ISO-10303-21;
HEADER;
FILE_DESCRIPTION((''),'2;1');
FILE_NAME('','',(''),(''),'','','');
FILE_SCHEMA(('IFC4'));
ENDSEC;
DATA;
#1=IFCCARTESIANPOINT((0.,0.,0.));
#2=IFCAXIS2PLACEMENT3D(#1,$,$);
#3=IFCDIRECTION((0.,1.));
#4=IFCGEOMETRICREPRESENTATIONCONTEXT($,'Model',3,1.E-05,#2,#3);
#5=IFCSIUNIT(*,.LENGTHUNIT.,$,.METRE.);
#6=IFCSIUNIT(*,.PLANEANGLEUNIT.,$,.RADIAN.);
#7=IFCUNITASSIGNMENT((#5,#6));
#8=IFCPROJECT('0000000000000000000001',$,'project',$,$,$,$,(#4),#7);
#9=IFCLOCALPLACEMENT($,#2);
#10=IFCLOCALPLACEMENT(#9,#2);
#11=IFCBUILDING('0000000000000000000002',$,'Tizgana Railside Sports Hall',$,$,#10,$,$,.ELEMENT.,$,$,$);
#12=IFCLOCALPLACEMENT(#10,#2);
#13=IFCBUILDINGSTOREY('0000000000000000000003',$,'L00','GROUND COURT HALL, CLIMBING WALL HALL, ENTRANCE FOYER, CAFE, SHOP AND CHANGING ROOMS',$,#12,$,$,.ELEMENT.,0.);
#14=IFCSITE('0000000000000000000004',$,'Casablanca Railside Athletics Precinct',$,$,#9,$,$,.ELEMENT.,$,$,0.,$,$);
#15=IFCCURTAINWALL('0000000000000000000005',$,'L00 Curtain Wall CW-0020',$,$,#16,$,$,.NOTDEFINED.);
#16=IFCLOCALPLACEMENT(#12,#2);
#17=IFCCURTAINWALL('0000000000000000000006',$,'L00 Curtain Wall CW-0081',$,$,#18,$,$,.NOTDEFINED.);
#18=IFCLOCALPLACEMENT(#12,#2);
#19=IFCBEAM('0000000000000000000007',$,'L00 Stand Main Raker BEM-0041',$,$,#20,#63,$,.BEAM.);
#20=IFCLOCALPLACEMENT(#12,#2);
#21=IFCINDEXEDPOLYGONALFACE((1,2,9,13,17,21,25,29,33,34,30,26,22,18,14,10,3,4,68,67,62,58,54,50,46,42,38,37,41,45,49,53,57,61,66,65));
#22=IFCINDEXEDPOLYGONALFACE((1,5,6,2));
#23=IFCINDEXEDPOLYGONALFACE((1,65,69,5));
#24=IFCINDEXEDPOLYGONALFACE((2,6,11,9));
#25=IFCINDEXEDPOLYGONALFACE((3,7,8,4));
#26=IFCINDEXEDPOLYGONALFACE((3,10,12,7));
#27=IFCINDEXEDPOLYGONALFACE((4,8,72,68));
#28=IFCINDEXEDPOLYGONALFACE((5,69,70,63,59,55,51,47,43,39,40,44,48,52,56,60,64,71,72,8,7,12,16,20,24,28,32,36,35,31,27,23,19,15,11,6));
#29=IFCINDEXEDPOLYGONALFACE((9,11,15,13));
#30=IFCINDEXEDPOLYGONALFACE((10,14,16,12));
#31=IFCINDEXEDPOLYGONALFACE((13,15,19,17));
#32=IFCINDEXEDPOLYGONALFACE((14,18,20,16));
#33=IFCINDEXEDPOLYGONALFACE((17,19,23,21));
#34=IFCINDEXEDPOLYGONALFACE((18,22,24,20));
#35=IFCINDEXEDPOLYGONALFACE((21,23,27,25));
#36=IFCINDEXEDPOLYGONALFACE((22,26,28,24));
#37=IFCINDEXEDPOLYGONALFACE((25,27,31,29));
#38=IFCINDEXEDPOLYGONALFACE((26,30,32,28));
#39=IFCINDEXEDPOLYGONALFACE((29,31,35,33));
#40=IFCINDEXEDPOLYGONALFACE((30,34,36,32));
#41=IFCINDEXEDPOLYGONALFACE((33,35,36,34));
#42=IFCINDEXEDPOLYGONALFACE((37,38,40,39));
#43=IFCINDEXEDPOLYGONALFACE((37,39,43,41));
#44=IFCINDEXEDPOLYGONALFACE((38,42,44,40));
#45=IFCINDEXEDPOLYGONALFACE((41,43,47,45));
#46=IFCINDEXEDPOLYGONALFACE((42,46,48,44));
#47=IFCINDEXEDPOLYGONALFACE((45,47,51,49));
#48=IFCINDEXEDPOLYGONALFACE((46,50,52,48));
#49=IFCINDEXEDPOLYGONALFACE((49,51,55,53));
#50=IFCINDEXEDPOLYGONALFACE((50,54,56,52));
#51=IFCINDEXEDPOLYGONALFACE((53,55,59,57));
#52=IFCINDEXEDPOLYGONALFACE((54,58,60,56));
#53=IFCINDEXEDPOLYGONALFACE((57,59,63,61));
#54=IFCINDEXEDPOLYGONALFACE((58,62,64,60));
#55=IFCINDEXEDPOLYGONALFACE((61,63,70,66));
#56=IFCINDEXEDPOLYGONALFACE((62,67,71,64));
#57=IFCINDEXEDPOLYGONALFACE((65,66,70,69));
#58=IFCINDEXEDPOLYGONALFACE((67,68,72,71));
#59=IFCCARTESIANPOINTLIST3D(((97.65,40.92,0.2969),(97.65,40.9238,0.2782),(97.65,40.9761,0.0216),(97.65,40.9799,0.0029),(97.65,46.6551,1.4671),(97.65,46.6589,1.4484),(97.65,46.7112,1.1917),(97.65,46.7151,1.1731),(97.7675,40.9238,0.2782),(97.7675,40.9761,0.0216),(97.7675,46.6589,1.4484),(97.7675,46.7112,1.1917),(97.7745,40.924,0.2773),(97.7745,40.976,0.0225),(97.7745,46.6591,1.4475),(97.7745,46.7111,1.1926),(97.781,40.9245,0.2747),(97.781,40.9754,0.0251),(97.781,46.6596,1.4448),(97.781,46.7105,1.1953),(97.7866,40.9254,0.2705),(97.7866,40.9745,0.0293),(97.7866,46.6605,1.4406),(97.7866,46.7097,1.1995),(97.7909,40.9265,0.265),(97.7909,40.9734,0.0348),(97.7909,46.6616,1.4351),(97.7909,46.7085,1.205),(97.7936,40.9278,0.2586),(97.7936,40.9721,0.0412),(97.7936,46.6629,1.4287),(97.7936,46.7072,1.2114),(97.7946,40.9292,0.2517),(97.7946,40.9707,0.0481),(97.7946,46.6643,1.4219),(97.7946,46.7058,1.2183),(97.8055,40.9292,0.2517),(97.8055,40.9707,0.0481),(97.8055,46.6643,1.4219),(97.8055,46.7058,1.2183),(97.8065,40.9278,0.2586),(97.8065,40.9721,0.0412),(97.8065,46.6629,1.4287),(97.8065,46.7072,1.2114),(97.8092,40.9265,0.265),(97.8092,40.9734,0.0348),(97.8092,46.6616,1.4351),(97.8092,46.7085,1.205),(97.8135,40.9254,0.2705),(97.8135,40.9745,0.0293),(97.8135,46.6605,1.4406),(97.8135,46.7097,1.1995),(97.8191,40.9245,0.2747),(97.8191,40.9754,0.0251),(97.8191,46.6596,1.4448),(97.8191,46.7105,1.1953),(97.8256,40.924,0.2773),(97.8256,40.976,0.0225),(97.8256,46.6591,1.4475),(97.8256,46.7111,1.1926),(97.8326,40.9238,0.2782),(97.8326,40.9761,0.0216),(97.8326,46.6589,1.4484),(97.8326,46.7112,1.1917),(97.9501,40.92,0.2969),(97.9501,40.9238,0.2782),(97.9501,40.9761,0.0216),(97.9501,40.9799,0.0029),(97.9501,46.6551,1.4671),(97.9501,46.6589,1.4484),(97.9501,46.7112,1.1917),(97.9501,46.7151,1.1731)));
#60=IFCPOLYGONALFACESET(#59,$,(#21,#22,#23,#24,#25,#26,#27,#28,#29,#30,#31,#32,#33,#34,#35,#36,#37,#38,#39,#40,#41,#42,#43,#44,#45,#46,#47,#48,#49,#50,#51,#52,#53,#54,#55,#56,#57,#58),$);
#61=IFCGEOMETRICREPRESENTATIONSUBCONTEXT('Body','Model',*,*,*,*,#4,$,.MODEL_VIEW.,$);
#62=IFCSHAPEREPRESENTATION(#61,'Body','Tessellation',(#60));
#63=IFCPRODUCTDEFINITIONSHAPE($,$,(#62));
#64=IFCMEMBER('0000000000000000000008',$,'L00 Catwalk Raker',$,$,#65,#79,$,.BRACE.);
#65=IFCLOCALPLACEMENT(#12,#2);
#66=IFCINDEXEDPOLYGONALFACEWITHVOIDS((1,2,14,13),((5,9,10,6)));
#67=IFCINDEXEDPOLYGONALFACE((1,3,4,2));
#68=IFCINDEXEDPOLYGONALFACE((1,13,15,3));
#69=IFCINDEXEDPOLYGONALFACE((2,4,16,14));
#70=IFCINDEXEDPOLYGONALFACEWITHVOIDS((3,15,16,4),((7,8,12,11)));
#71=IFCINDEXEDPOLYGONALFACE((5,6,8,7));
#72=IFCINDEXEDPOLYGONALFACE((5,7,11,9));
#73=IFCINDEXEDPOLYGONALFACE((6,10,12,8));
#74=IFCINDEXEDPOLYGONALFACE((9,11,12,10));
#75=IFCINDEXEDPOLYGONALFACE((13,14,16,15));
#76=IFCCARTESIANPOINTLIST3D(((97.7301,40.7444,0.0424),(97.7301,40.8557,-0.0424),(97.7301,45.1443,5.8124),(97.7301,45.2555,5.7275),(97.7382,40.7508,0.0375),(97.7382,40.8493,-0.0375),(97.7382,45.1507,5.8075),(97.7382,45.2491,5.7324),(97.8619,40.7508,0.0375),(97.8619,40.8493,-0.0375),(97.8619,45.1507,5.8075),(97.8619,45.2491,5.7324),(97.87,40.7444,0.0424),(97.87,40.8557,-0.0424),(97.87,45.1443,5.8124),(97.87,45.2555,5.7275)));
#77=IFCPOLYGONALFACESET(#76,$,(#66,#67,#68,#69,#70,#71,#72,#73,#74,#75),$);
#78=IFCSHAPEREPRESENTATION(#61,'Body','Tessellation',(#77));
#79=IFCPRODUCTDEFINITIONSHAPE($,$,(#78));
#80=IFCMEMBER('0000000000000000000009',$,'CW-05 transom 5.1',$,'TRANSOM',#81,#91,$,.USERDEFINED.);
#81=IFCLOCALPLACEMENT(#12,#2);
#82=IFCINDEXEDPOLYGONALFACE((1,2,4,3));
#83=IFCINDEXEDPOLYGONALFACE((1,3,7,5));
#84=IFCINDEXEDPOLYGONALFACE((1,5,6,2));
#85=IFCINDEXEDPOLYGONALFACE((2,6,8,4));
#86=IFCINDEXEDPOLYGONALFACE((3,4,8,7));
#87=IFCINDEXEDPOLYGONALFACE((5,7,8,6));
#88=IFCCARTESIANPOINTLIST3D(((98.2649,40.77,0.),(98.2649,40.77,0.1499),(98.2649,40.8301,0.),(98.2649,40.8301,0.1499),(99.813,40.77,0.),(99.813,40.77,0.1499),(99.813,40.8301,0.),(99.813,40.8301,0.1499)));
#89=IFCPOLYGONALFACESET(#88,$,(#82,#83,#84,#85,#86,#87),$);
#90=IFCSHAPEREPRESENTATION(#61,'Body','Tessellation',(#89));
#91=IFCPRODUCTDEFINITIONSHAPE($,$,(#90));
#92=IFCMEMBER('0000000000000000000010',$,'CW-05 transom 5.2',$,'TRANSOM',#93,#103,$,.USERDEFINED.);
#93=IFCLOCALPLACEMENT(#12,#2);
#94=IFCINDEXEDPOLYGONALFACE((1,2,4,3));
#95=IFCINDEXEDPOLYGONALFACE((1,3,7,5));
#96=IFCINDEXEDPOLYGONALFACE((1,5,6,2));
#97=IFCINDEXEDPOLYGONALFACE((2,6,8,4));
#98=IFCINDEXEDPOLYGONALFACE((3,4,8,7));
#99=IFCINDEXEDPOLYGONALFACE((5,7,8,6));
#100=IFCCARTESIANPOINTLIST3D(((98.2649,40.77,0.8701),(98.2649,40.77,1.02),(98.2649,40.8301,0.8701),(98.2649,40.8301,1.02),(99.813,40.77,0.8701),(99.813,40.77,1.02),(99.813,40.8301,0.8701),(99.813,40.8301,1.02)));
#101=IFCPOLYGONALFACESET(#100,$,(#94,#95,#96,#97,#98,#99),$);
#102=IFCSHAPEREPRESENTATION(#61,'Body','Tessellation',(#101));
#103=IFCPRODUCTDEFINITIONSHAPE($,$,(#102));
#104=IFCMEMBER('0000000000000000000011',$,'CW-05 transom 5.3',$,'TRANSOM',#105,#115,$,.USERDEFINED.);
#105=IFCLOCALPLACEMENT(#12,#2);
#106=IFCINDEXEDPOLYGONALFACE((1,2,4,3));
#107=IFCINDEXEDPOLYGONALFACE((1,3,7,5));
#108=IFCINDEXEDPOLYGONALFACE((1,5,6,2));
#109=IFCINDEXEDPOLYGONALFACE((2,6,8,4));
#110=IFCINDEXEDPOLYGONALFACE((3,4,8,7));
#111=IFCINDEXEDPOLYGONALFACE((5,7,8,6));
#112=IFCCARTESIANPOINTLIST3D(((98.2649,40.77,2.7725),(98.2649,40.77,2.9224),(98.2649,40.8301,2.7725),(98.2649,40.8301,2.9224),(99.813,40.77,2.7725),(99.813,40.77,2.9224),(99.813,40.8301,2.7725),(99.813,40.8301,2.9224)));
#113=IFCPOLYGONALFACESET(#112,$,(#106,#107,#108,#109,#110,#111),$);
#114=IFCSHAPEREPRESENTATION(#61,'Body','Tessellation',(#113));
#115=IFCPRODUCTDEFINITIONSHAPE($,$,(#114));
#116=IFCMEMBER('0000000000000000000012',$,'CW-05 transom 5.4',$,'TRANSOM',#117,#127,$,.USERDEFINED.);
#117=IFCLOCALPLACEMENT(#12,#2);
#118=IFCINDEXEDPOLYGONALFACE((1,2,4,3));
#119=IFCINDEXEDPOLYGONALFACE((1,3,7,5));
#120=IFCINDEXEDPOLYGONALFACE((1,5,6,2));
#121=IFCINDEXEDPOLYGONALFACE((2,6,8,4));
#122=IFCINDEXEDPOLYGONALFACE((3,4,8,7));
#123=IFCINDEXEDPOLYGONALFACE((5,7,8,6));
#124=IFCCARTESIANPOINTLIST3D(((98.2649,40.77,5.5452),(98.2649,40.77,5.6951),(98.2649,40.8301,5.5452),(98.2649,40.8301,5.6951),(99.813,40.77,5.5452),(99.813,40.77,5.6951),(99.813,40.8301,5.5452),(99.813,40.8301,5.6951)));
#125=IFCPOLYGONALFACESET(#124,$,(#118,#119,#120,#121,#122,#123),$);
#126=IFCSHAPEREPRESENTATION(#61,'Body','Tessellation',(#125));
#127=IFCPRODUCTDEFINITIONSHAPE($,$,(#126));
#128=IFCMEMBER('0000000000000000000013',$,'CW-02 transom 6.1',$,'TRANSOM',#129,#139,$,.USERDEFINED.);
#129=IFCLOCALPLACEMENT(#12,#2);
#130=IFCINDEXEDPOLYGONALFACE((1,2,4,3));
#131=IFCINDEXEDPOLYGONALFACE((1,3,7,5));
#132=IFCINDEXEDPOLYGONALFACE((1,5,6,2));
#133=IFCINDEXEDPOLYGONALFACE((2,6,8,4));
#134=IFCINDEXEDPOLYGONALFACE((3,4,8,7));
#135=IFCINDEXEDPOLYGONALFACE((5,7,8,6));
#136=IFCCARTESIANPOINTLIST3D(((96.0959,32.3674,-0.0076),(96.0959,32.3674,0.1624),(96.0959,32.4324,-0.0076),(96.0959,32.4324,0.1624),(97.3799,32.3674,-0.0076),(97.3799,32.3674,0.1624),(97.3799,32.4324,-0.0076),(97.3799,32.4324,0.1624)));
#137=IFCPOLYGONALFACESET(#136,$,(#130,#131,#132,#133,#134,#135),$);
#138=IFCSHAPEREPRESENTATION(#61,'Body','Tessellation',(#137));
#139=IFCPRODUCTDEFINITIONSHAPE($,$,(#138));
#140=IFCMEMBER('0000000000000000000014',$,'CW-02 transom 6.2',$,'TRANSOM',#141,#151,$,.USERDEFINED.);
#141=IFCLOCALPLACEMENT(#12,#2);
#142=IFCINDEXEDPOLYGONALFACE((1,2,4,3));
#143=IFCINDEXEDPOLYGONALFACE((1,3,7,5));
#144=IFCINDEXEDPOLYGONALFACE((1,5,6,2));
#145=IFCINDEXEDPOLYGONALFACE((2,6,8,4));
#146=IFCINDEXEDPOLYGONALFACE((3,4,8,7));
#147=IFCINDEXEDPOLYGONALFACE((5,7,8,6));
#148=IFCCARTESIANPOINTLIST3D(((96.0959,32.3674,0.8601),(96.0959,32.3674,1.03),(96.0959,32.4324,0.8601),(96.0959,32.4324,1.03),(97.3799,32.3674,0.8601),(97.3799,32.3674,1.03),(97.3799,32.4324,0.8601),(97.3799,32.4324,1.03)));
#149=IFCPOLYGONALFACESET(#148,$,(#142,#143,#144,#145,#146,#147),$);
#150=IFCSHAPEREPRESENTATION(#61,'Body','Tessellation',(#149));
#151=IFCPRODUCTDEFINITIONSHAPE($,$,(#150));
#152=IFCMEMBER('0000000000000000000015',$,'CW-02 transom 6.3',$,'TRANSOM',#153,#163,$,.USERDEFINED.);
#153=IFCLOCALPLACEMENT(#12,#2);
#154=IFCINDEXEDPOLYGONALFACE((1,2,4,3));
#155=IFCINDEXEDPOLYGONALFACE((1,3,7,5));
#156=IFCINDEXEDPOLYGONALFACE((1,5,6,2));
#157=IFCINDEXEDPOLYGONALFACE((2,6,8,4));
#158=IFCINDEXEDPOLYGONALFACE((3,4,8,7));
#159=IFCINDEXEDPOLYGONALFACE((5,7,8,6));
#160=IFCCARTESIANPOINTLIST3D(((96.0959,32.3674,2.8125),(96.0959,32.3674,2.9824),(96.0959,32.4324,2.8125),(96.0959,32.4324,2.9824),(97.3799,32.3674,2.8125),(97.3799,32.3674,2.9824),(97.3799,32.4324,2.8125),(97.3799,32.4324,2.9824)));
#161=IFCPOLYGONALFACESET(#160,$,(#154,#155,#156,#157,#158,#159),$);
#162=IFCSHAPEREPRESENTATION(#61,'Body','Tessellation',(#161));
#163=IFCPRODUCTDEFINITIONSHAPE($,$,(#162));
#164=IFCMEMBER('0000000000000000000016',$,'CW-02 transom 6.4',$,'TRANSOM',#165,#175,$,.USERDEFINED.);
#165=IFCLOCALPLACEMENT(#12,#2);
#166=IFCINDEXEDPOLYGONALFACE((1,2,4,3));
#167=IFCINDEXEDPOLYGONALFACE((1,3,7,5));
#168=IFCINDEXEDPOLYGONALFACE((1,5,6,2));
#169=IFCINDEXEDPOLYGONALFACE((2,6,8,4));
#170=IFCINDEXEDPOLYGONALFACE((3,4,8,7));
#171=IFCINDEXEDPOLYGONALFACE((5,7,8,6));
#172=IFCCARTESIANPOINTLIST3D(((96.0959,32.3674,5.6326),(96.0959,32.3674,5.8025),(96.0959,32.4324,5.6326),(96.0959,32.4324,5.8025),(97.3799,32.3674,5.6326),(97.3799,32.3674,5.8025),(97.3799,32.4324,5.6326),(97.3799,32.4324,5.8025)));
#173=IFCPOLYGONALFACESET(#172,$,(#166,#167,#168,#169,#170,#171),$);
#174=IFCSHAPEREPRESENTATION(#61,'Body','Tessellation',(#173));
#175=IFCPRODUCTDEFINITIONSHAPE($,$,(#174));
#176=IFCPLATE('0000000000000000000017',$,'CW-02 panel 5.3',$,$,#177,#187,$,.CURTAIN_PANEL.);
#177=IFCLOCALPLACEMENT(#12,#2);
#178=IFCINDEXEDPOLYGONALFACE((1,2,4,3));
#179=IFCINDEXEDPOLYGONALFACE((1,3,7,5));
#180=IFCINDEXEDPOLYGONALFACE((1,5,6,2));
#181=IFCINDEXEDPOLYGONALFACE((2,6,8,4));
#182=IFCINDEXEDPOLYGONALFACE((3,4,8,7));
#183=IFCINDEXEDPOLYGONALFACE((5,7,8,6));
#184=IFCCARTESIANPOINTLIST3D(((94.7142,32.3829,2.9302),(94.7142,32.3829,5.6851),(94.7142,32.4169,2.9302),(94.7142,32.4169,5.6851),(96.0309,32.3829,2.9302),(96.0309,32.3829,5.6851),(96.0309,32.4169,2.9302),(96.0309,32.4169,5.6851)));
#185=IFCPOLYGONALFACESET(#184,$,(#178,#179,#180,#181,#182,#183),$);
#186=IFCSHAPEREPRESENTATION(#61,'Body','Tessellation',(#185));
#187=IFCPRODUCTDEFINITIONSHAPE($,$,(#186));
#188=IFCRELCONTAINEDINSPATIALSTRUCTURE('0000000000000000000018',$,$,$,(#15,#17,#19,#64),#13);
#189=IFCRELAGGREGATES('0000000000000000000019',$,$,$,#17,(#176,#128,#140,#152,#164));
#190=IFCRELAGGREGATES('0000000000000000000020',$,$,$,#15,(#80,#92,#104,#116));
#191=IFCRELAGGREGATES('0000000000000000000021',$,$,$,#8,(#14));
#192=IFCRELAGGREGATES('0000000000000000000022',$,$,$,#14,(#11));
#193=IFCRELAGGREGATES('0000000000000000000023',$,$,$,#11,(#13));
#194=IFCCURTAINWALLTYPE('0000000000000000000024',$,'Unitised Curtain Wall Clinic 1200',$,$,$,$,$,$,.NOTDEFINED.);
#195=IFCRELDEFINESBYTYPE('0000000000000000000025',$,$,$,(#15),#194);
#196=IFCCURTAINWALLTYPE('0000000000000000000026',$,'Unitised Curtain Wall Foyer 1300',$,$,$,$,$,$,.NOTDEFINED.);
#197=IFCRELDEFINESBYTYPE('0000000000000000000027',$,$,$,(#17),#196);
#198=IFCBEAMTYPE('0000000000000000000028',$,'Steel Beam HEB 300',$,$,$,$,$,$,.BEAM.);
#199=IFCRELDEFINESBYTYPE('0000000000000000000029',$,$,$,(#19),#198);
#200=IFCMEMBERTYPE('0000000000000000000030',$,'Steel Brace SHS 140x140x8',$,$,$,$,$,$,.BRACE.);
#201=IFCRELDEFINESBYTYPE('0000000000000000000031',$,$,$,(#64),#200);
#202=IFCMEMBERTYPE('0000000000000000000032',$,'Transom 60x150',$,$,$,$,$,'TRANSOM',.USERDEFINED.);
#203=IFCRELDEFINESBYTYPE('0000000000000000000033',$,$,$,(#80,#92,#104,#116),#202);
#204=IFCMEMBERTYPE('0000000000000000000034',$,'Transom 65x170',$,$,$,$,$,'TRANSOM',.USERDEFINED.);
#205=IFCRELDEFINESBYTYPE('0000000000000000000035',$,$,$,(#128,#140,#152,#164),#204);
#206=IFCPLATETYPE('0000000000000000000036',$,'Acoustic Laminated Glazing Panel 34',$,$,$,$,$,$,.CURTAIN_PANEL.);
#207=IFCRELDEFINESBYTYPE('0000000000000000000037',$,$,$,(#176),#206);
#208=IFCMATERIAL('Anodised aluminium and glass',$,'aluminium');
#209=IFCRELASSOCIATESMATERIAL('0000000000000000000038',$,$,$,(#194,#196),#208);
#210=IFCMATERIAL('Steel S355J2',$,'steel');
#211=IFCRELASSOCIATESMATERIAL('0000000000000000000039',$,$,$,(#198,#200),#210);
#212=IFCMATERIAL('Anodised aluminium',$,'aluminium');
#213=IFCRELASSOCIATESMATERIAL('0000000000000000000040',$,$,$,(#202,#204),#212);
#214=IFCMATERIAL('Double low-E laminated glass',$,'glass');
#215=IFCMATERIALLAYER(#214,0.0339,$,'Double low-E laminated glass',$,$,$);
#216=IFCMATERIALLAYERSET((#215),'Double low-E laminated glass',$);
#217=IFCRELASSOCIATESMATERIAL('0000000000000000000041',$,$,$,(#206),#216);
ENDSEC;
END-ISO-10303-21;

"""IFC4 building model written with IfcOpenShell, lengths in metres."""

from ifc_helpers import new_model, si_unit, direction, frame, origin, origin_2d, place, context, subcontext, project, spatial, rectangle, hollow_rectangle, i_section, extrude, material, layer, layer_set, material_profile, profile_set, type_object, element, aggregate, save


model = new_model("IFC4")

# Units and contexts
model_context = context("Model", 3, precision=1e-05, world=origin(), true_north=direction((0.0, 1.0)))
body_context = subcontext(model_context, "Body", "Model", "MODEL_VIEW")
ifc_project = project(units=[si_unit("LENGTHUNIT", "METRE"), si_unit("PLANEANGLEUNIT", "RADIAN")], contexts=[model_context])

# Site, building, storey
site_placement = place(None, origin())
site = spatial("IfcSite", under=ifc_project, at=site_placement, Name="Casablanca Railside Athletics Precinct", CompositionType="ELEMENT", RefElevation=0.0)
building_placement = place(site_placement, origin())
building = spatial("IfcBuilding", under=site, at=building_placement, Name="Tizgana Railside Sports Hall", CompositionType="ELEMENT")
storey_placement = place(building_placement, origin())
storey = spatial("IfcBuildingStorey", under=building, at=storey_placement, Name="L00", Description="GROUND COURT HALL, CLIMBING WALL HALL, ENTRANCE FOYER, CAFE, SHOP AND CHANGING ROOMS", CompositionType="ELEMENT", Elevation=0.0)

# Curtain walls
ifc_material_1 = material(Name="Anodised aluminium and glass", Category="aluminium")
curtain_wall_type_1 = type_object("IfcCurtainWallType", Name="Unitised Curtain Wall Clinic 1200", PredefinedType="NOTDEFINED", material=ifc_material_1)
curtain_wall_1_placement = place(storey_placement, origin())
curtain_wall_1 = element("IfcCurtainWall", 1, at=curtain_wall_1_placement, inside=storey, type_object=curtain_wall_type_1, Name="L00 Curtain Wall CW-0020", PredefinedType="NOTDEFINED")
ifc_material_2 = material(Name="Anodised aluminium", Category="aluminium")
curtain_wall_type_2 = type_object("IfcCurtainWallType", Name="Unitised Curtain Wall Foyer 1300", PredefinedType="NOTDEFINED", material=ifc_material_1)
curtain_wall_2_placement = place(storey_placement, origin())
curtain_wall_2 = element("IfcCurtainWall", 2, at=curtain_wall_2_placement, inside=storey, type_object=curtain_wall_type_2, Name="L00 Curtain Wall CW-0081", PredefinedType="NOTDEFINED")

# Beam
ifc_material_3 = material(Name="Steel S355J2", Category="steel")
ifc_material_profile_1 = material_profile(ifc_material_3, i_section(OverallWidth=0.3, OverallDepth=0.3, WebThickness=0.011, FlangeThickness=0.019, FilletRadius=0.0271, at=origin_2d()), Name="HEB 300")
ifc_profile_set_1 = profile_set([ifc_material_profile_1], Name="Steel S355J2")
beam_type_1 = type_object("IfcBeamType", Name="Steel Beam HEB 300", PredefinedType="BEAM", material=ifc_profile_set_1)
beam_1_placement = place(storey_placement, frame((97.8, 40.95, 0.1499), z_axis=(0.0, 0.979813, 0.199917), x_axis=(-1.0, 0.0, 0.0)))
element("IfcBeam", 3, at=beam_1_placement, inside=storey, type_object=beam_type_1, Name="L00 Stand Main Raker BEM-0041", PredefinedType="BEAM", context=body_context, shape_type="SweptSolid", body=[
    extrude(i_section(OverallWidth=0.3, OverallDepth=0.3, WebThickness=0.011, FlangeThickness=0.019, FilletRadius=0.0271, at=origin_2d()), origin(), (0.0, 0.0, 1.0), 5.8533),
])

# Members
ifc_material_profile_2 = material_profile(ifc_material_3, hollow_rectangle(XDim=0.1399, YDim=0.1399, WallThickness=0.0081, at=origin_2d()), Name="SHS 140x140x8")
ifc_profile_set_2 = profile_set([ifc_material_profile_2], Name="Steel S355J2")
member_type_1 = type_object("IfcMemberType", Name="Steel Brace SHS 140x140x8", PredefinedType="BRACE", material=ifc_profile_set_2)
member_1_placement = place(storey_placement, frame((97.8, 40.8, 0.0), z_axis=(0.0, 0.606366, 0.795186), x_axis=(-1.0, 0.0, 0.0)))
element("IfcMember", 4, at=member_1_placement, inside=storey, type_object=member_type_1, Name="L00 Catwalk Raker", PredefinedType="BRACE", context=body_context, shape_type="SweptSolid", body=[
    extrude(hollow_rectangle(XDim=0.1399, YDim=0.1399, WallThickness=0.0081, at=origin_2d()), origin(), (0.0, 0.0, 1.0), 7.2561),
])
ifc_material_profile_3 = material_profile(ifc_material_2, rectangle(XDim=0.0601, YDim=0.1499, at=origin_2d()), Name="Transom 60x150")
ifc_profile_set_3 = profile_set([ifc_material_profile_3], Name="Anodised aluminium")
member_type_2 = type_object("IfcMemberType", Name="Transom 60x150", ElementType="TRANSOM", PredefinedType="USERDEFINED", material=ifc_profile_set_3)
member_2_placement = place(storey_placement, frame((99.813, 40.8, 0.075), z_axis=(-1.0, 0.0, 0.0), x_axis=(0.0, -1.0, 0.0)))
member_2 = element("IfcMember", 5, at=member_2_placement, type_object=member_type_2, Name="CW-05 transom 5.1", ObjectType="TRANSOM", PredefinedType="USERDEFINED", context=body_context, shape_type="SweptSolid", body=[
    extrude(rectangle(XDim=0.0601, YDim=0.1499, at=origin_2d()), origin(), (0.0, 0.0, 1.0), 1.5481),
])
member_3_placement = place(storey_placement, frame((99.813, 40.8, 0.9451), z_axis=(-1.0, 0.0, 0.0), x_axis=(0.0, -1.0, 0.0)))
member_3 = element("IfcMember", 6, at=member_3_placement, type_object=member_type_2, Name="CW-05 transom 5.2", ObjectType="TRANSOM", PredefinedType="USERDEFINED", context=body_context, shape_type="SweptSolid", body=[
    extrude(rectangle(XDim=0.0601, YDim=0.1499, at=origin_2d()), origin(), (0.0, 0.0, 1.0), 1.5481),
])
member_4_placement = place(storey_placement, frame((99.813, 40.8, 2.8474), z_axis=(-1.0, 0.0, 0.0), x_axis=(0.0, -1.0, 0.0)))
member_4 = element("IfcMember", 7, at=member_4_placement, type_object=member_type_2, Name="CW-05 transom 5.3", ObjectType="TRANSOM", PredefinedType="USERDEFINED", context=body_context, shape_type="SweptSolid", body=[
    extrude(rectangle(XDim=0.0601, YDim=0.1499, at=origin_2d()), origin(), (0.0, 0.0, 1.0), 1.5481),
])
member_5_placement = place(storey_placement, frame((99.813, 40.8, 5.6201), z_axis=(-1.0, 0.0, 0.0), x_axis=(0.0, -1.0, 0.0)))
member_5 = element("IfcMember", 8, at=member_5_placement, type_object=member_type_2, Name="CW-05 transom 5.4", ObjectType="TRANSOM", PredefinedType="USERDEFINED", context=body_context, shape_type="SweptSolid", body=[
    extrude(rectangle(XDim=0.0601, YDim=0.1499, at=origin_2d()), origin(), (0.0, 0.0, 1.0), 1.5481),
])
ifc_material_profile_4 = material_profile(ifc_material_2, rectangle(XDim=0.0649, YDim=0.1699, at=origin_2d()), Name="Transom 65x170")
ifc_profile_set_4 = profile_set([ifc_material_profile_4], Name="Anodised aluminium")
member_type_3 = type_object("IfcMemberType", Name="Transom 65x170", ElementType="TRANSOM", PredefinedType="USERDEFINED", material=ifc_profile_set_4)
member_6_placement = place(storey_placement, frame((96.0959, 32.3999, 0.0774), z_axis=(1.0, 0.0, 0.0), x_axis=(0.0, 1.0, 0.0)))
member_6 = element("IfcMember", 9, at=member_6_placement, type_object=member_type_3, Name="CW-02 transom 6.1", ObjectType="TRANSOM", PredefinedType="USERDEFINED", context=body_context, shape_type="SweptSolid", body=[
    extrude(rectangle(XDim=0.0649, YDim=0.1699, at=origin_2d()), origin(), (0.0, 0.0, 1.0), 1.2839),
])
member_7_placement = place(storey_placement, frame((96.0959, 32.3999, 0.9451), z_axis=(1.0, 0.0, 0.0), x_axis=(0.0, 1.0, 0.0)))
member_7 = element("IfcMember", 10, at=member_7_placement, type_object=member_type_3, Name="CW-02 transom 6.2", ObjectType="TRANSOM", PredefinedType="USERDEFINED", context=body_context, shape_type="SweptSolid", body=[
    extrude(rectangle(XDim=0.0649, YDim=0.1699, at=origin_2d()), origin(), (0.0, 0.0, 1.0), 1.2839),
])
member_8_placement = place(storey_placement, frame((96.0959, 32.3999, 2.8975), z_axis=(1.0, 0.0, 0.0), x_axis=(0.0, 1.0, 0.0)))
member_8 = element("IfcMember", 11, at=member_8_placement, type_object=member_type_3, Name="CW-02 transom 6.3", ObjectType="TRANSOM", PredefinedType="USERDEFINED", context=body_context, shape_type="SweptSolid", body=[
    extrude(rectangle(XDim=0.0649, YDim=0.1699, at=origin_2d()), origin(), (0.0, 0.0, 1.0), 1.2839),
])
member_9_placement = place(storey_placement, frame((96.0959, 32.3999, 5.7175), z_axis=(1.0, 0.0, 0.0), x_axis=(0.0, 1.0, 0.0)))
member_9 = element("IfcMember", 12, at=member_9_placement, type_object=member_type_3, Name="CW-02 transom 6.4", ObjectType="TRANSOM", PredefinedType="USERDEFINED", context=body_context, shape_type="SweptSolid", body=[
    extrude(rectangle(XDim=0.0649, YDim=0.1699, at=origin_2d()), origin(), (0.0, 0.0, 1.0), 1.2839),
])

# Plate
ifc_material_4 = material(Name="Double low-E laminated glass", Category="glass")
ifc_layer_1 = layer(ifc_material_4, 0.0339, Name="Double low-E laminated glass")
ifc_layer_set_1 = layer_set([ifc_layer_1], Name="Double low-E laminated glass")
plate_type_1 = type_object("IfcPlateType", Name="Acoustic Laminated Glazing Panel 34", PredefinedType="CURTAIN_PANEL", material=ifc_layer_set_1)
plate_1_placement = place(storey_placement, frame((95.3726, 32.3999, 2.9302), z_axis=(0.0, 0.0, 1.0), x_axis=(1.0, 0.0, 0.0)))
plate_1 = element("IfcPlate", 13, at=plate_1_placement, type_object=plate_type_1, Name="CW-02 panel 5.3", PredefinedType="CURTAIN_PANEL", context=body_context, shape_type="SweptSolid", body=[
    extrude(rectangle(XDim=1.3167, YDim=0.0339, at=origin_2d()), origin(), (0.0, 0.0, 1.0), 2.7549),
])
aggregate(curtain_wall_2, [plate_1, member_6, member_7, member_8, member_9])
aggregate(curtain_wall_1, [member_2, member_3, member_4, member_5])

save(model, "model.ifc")
